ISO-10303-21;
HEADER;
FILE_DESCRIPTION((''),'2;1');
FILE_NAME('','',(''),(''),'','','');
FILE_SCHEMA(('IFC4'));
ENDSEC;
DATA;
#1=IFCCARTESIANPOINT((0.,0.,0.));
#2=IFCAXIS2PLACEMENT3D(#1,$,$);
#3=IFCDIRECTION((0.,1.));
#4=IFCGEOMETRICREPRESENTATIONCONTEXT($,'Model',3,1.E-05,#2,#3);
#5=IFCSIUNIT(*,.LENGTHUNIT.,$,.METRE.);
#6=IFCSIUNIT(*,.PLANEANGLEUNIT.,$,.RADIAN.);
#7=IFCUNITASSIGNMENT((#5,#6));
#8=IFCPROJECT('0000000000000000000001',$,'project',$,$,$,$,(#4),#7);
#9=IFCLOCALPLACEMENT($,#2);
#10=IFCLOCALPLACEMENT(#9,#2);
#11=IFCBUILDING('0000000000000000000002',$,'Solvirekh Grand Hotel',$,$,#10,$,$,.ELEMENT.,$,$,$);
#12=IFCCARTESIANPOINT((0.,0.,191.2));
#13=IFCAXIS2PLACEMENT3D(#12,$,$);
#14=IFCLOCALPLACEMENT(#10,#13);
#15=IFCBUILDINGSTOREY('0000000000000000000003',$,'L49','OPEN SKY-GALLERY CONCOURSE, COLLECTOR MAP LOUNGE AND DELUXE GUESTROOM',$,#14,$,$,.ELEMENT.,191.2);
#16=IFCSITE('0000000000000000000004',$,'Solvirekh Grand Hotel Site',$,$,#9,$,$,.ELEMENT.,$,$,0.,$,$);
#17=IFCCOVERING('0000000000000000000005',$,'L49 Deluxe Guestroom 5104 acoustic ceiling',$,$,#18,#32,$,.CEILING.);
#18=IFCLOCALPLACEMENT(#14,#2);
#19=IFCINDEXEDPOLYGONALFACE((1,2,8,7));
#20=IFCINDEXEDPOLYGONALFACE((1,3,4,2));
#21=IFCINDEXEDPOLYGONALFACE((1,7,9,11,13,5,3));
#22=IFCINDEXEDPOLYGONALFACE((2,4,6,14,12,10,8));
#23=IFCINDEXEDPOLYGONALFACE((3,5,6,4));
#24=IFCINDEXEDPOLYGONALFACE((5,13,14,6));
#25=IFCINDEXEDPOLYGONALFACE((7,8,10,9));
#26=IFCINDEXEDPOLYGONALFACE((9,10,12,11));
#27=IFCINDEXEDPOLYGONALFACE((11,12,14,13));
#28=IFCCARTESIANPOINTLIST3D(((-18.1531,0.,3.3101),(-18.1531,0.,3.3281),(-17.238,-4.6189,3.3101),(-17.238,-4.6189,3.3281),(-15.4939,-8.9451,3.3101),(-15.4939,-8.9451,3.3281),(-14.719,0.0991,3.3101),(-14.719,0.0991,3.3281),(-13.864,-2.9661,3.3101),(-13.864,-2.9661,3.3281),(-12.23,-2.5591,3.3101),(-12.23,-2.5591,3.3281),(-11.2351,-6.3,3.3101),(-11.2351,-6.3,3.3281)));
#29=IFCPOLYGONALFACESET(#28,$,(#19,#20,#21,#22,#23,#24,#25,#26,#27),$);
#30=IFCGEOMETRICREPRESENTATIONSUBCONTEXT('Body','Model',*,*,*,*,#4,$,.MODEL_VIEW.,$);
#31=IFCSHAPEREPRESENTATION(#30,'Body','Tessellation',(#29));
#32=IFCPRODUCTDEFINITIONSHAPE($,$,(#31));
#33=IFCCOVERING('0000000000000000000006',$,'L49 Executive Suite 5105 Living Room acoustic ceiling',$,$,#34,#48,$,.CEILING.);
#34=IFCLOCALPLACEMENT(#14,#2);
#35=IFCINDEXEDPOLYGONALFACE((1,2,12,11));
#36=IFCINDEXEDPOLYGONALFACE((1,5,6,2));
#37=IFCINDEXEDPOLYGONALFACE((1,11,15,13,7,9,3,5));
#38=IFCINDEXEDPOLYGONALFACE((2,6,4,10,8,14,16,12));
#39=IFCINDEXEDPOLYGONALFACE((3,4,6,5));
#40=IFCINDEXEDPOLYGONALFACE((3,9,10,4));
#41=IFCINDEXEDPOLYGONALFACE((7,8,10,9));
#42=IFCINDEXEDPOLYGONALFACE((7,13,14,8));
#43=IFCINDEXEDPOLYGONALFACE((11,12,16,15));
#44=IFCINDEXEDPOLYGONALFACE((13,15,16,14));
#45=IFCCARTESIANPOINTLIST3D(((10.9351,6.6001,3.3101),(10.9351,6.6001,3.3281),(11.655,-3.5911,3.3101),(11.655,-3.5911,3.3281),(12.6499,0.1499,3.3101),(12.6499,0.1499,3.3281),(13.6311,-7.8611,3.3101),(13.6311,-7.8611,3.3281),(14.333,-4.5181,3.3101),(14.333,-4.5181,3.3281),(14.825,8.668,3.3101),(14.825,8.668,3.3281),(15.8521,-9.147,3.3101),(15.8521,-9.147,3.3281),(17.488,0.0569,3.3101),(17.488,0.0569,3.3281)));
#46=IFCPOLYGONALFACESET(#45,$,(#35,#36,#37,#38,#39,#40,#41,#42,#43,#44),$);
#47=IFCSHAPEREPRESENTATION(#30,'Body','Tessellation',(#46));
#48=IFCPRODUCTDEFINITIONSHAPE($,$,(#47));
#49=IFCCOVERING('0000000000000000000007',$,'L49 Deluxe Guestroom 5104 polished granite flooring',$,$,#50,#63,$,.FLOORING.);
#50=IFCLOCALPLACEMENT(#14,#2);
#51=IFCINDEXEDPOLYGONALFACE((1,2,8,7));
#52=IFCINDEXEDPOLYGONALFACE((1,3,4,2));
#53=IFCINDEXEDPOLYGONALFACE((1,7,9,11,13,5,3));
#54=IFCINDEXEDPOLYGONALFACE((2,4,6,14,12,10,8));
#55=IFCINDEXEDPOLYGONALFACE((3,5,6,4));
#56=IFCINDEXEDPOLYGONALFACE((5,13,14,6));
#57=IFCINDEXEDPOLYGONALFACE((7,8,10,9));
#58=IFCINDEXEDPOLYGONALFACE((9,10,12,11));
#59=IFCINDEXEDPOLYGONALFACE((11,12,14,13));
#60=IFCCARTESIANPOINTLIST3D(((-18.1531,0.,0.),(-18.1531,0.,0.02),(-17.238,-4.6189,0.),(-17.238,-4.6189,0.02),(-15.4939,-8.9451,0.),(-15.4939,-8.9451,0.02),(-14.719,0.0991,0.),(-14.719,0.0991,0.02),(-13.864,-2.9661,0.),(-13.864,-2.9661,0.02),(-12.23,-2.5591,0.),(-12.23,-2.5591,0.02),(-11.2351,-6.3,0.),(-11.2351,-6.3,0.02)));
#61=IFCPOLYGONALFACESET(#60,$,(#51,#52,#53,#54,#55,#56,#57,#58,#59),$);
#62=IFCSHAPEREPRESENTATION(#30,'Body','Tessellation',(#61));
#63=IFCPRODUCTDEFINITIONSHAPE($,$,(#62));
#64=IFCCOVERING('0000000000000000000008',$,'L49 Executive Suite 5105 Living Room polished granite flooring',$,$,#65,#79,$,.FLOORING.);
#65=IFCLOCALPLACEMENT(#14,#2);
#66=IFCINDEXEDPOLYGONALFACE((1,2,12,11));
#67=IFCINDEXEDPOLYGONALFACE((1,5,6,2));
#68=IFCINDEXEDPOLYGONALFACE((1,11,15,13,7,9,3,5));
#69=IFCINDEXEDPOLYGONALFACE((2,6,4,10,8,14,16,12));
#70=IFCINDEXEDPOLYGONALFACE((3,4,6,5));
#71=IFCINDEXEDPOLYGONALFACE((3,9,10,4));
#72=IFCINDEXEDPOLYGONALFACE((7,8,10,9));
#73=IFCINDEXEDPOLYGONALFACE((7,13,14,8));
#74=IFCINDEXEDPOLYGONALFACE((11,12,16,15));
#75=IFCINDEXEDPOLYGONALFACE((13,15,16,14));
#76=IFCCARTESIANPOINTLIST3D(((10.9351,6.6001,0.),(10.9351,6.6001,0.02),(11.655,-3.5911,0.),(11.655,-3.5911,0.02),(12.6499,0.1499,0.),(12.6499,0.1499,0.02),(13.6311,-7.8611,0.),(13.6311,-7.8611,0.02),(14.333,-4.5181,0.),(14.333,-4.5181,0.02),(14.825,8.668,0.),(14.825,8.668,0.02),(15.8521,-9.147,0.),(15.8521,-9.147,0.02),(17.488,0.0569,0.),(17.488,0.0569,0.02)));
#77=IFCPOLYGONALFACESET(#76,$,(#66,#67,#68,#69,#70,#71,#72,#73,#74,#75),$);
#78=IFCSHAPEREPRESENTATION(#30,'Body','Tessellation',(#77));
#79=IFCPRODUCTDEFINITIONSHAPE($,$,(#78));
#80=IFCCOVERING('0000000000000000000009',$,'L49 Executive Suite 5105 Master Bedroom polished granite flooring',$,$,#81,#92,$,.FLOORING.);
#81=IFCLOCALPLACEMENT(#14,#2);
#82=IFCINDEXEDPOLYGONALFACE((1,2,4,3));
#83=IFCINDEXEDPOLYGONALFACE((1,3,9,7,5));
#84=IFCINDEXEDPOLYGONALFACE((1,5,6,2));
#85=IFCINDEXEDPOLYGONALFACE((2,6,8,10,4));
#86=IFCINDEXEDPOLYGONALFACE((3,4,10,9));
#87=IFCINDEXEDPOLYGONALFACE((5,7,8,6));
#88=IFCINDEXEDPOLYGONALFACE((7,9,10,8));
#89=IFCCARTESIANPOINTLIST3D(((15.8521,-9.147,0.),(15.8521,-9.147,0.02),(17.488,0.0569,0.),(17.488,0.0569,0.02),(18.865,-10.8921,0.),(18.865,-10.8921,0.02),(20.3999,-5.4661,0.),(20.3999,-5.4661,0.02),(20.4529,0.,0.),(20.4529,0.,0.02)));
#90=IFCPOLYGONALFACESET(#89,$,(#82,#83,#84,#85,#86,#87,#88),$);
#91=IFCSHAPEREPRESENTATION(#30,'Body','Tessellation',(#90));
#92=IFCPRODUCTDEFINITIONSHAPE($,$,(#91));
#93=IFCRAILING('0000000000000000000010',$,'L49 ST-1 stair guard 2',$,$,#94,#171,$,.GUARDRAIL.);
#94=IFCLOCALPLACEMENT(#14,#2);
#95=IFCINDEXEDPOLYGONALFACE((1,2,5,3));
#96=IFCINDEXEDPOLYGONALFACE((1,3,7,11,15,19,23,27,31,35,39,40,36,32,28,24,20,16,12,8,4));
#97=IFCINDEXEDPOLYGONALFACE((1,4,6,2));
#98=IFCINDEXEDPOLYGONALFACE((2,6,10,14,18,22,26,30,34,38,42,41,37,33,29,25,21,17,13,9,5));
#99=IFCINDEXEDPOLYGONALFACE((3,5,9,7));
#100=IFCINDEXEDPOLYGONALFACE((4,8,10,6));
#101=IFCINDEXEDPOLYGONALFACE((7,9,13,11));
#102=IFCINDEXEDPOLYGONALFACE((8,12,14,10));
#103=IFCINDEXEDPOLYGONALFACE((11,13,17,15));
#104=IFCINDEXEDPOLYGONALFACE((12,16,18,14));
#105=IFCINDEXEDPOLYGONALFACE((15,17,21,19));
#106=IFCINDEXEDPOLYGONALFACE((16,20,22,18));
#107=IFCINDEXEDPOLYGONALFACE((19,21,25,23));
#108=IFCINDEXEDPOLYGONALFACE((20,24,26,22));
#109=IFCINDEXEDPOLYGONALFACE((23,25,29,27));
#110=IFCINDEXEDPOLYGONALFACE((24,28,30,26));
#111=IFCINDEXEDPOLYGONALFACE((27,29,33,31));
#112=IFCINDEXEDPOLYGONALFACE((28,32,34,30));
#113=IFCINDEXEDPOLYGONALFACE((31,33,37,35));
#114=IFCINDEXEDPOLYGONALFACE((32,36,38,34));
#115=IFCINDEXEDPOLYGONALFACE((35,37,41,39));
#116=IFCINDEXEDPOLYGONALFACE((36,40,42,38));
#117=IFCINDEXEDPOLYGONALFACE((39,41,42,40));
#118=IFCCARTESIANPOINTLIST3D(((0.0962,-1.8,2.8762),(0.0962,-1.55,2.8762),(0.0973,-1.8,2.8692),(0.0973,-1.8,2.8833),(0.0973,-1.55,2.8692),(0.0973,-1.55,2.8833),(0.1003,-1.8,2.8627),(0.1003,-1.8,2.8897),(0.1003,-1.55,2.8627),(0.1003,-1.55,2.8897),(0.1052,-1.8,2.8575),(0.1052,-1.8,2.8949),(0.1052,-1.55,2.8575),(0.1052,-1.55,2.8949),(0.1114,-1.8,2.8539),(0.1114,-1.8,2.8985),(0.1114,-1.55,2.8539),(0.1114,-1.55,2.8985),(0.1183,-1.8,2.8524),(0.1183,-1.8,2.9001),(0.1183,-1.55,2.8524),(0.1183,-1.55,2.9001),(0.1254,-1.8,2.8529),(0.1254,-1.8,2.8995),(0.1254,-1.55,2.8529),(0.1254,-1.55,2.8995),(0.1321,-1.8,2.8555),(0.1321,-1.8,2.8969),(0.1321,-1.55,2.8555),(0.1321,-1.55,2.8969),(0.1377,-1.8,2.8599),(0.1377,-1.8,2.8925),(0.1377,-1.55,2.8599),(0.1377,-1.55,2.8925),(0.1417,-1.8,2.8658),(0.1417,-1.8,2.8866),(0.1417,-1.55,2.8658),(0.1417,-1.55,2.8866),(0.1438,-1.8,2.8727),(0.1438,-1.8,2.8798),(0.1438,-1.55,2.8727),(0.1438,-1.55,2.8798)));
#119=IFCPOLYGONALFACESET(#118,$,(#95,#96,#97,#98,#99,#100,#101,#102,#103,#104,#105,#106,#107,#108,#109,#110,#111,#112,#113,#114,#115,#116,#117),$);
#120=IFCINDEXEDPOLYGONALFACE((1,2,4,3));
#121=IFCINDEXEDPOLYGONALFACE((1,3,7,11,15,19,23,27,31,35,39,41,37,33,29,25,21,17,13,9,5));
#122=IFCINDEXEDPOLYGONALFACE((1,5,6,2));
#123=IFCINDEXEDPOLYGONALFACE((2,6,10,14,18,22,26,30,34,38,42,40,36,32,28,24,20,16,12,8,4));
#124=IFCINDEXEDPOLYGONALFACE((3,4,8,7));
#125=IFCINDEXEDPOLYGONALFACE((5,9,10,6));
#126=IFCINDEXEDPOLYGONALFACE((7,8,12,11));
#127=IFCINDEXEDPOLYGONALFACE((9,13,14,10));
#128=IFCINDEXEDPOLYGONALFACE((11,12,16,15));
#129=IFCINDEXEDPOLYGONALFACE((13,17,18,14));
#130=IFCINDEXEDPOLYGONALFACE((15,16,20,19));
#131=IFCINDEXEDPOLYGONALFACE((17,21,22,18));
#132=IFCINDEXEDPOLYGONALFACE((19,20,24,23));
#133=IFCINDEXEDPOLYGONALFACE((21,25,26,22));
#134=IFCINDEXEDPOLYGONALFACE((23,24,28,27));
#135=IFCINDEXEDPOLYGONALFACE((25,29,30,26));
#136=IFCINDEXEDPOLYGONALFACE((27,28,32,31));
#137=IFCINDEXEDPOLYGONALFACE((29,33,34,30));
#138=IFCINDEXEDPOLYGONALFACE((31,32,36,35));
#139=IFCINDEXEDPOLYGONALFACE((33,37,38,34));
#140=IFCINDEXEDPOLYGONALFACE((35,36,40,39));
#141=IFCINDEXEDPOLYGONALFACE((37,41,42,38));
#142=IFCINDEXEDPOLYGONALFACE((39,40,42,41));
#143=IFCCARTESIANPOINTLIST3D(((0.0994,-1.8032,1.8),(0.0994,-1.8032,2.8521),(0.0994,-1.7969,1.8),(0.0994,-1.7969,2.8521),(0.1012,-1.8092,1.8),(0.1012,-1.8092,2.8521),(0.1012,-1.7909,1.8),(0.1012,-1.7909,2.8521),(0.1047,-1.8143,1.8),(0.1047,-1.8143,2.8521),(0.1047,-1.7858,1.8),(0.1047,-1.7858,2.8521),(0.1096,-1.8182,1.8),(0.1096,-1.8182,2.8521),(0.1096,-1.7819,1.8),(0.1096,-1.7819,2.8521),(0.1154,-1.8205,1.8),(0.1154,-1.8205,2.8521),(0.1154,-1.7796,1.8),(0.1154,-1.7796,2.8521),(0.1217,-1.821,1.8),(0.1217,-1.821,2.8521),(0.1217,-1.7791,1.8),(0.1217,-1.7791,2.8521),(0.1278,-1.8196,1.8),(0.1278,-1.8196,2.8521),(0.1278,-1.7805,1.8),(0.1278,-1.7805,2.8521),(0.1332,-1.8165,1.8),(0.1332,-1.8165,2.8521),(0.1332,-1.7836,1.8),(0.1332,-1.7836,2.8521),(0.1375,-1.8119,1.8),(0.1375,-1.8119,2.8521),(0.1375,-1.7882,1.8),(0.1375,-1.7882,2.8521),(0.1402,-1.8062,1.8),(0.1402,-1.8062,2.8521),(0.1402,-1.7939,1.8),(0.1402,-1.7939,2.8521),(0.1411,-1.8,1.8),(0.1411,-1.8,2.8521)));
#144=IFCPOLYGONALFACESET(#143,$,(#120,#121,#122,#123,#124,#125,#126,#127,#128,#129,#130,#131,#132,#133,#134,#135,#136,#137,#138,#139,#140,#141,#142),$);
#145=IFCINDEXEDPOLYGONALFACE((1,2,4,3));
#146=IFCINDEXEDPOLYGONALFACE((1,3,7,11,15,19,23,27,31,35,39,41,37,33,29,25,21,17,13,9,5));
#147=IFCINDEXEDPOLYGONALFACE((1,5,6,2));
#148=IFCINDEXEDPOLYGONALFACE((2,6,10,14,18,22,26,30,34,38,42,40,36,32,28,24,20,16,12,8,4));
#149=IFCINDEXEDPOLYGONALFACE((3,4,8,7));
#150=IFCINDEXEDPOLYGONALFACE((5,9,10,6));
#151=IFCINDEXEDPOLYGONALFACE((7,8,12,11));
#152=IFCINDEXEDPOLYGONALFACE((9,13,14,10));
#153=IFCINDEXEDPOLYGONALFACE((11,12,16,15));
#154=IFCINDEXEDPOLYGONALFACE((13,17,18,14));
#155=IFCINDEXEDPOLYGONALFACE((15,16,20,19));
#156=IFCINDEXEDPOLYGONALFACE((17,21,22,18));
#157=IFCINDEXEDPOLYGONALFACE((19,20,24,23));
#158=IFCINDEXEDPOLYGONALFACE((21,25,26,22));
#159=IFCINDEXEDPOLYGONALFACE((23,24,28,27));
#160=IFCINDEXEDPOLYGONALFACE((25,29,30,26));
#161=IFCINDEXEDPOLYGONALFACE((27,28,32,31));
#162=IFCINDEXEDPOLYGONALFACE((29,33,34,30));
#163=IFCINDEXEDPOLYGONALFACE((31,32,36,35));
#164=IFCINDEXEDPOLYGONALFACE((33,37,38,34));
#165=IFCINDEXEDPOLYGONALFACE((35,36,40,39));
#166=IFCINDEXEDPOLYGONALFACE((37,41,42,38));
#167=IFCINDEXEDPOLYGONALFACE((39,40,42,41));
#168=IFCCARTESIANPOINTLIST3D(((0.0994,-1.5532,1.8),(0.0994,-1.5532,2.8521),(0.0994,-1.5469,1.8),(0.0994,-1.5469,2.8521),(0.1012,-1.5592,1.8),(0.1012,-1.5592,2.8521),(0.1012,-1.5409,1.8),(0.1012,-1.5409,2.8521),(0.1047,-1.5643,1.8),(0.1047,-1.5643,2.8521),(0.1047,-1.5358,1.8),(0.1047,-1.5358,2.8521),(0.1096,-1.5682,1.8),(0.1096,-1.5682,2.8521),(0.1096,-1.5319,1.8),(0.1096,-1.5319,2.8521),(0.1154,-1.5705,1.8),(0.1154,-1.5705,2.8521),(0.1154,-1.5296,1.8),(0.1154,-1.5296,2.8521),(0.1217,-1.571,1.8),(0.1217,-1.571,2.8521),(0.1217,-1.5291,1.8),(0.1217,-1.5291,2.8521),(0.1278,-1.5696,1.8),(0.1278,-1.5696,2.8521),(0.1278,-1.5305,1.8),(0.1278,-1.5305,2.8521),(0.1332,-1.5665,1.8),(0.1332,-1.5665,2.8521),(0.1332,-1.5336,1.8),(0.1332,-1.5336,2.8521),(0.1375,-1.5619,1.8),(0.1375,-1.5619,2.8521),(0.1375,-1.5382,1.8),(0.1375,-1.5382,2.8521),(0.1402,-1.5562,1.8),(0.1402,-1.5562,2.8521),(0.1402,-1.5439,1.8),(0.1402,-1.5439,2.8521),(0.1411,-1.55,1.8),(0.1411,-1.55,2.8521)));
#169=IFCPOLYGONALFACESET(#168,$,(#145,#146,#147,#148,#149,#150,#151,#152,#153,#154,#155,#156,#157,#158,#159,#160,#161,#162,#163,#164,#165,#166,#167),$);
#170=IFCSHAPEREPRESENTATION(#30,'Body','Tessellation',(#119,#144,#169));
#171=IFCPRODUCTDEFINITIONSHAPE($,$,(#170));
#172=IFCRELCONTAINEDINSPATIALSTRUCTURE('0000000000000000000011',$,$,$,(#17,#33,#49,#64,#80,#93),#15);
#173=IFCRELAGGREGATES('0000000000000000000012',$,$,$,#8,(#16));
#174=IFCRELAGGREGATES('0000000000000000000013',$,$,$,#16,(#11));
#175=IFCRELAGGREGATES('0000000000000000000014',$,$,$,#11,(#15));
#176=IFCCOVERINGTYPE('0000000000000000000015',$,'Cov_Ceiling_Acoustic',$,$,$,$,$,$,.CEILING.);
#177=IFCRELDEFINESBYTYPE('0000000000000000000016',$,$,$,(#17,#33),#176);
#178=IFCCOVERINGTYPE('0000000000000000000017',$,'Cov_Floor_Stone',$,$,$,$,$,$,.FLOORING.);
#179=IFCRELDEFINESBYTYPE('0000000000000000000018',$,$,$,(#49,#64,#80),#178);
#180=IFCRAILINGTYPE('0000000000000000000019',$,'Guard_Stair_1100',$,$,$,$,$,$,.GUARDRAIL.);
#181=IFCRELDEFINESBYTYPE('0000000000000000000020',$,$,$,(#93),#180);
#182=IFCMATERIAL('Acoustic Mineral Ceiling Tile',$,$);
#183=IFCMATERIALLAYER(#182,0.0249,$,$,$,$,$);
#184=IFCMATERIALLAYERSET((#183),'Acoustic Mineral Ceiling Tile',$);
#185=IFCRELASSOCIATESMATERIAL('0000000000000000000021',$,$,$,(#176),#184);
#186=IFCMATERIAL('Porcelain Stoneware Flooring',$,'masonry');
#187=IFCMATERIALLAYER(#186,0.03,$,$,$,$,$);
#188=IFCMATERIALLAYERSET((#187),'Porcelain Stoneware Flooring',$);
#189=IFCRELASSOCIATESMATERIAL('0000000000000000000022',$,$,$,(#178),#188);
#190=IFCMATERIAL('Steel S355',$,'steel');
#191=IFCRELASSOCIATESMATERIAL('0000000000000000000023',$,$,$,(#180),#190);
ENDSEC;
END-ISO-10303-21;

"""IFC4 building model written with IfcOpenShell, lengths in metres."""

from ifc_helpers import new_model, si_unit, direction, frame, origin, origin_2d, place, context, subcontext, project, spatial, polyline, circle, outline, extrude, material, layer, layer_set, type_object, element, save


model = new_model("IFC4")

# Units and contexts
model_context = context("Model", 3, precision=1e-05, world=origin(), true_north=direction((0.0, 1.0)))
body_context = subcontext(model_context, "Body", "Model", "MODEL_VIEW")
ifc_project = project(units=[si_unit("LENGTHUNIT", "METRE"), si_unit("PLANEANGLEUNIT", "RADIAN")], contexts=[model_context])

# Site, building, storey
site_placement = place(None, origin())
site = spatial("IfcSite", under=ifc_project, at=site_placement, Name="Solvirekh Grand Hotel Site", CompositionType="ELEMENT", RefElevation=0.0)
building_placement = place(site_placement, origin())
building = spatial("IfcBuilding", under=site, at=building_placement, Name="Solvirekh Grand Hotel", CompositionType="ELEMENT")
storey_placement = place(building_placement, frame((0.0, 0.0, 191.2)))
storey = spatial("IfcBuildingStorey", under=building, at=storey_placement, Name="L49", Description="OPEN SKY-GALLERY CONCOURSE, COLLECTOR MAP LOUNGE AND DELUXE GUESTROOM", CompositionType="ELEMENT", Elevation=191.2)

# Coverings
ifc_material_1 = material(Name="Acoustic Mineral Ceiling Tile")
ifc_layer_1 = layer(ifc_material_1, 0.0249)
ifc_layer_set_1 = layer_set([ifc_layer_1], Name="Acoustic Mineral Ceiling Tile")
covering_type_1 = type_object("IfcCoveringType", Name="Cov_Ceiling_Acoustic", PredefinedType="CEILING", material=ifc_layer_set_1)
covering_1_placement = place(storey_placement, frame((0.0, 0.0, 3.3101)))
element("IfcCovering", 1, at=covering_1_placement, inside=storey, type_object=covering_type_1, Name="L49 Deluxe Guestroom 5104 acoustic ceiling", PredefinedType="CEILING", context=body_context, shape_type="SweptSolid", body=[
    extrude(outline(polyline([(-13.864, -2.9661), (-14.719, 0.0991), (-18.1531, 0.0), (-17.238, -4.6189), (-15.4939, -8.9451), (-11.2351, -6.3), (-12.23, -2.5591), (-13.864, -2.9661)])), origin(), (0.0, 0.0, 1.0), 0.0181),
])
covering_2_placement = place(storey_placement, frame((0.0, 0.0, 3.3101)))
element("IfcCovering", 2, at=covering_2_placement, inside=storey, type_object=covering_type_1, Name="L49 Executive Suite 5105 Living Room acoustic ceiling", PredefinedType="CEILING", context=body_context, shape_type="SweptSolid", body=[
    extrude(outline(polyline([(14.333, -4.5181), (13.6311, -7.8611), (15.8521, -9.147), (17.488, 0.0569), (14.825, 8.668), (10.9351, 6.6001), (12.6499, 0.1499), (11.655, -3.5911), (14.333, -4.5181)])), origin(), (0.0, 0.0, 1.0), 0.0181),
])
ifc_material_2 = material(Name="Porcelain Stoneware Flooring", Category="masonry")
ifc_layer_2 = layer(ifc_material_2, 0.03)
ifc_layer_set_2 = layer_set([ifc_layer_2], Name="Porcelain Stoneware Flooring")
covering_type_2 = type_object("IfcCoveringType", Name="Cov_Floor_Stone", PredefinedType="FLOORING", material=ifc_layer_set_2)
covering_3_placement = place(storey_placement, origin())
element("IfcCovering", 3, at=covering_3_placement, inside=storey, type_object=covering_type_2, Name="L49 Deluxe Guestroom 5104 polished granite flooring", PredefinedType="FLOORING", context=body_context, shape_type="SweptSolid", body=[
    extrude(outline(polyline([(-13.864, -2.9661), (-14.719, 0.0991), (-18.1531, 0.0), (-17.238, -4.6189), (-15.4939, -8.9451), (-11.2351, -6.3), (-12.23, -2.5591), (-13.864, -2.9661)])), origin(), (0.0, 0.0, 1.0), 0.02),
])
covering_4_placement = place(storey_placement, origin())
element("IfcCovering", 4, at=covering_4_placement, inside=storey, type_object=covering_type_2, Name="L49 Executive Suite 5105 Living Room polished granite flooring", PredefinedType="FLOORING", context=body_context, shape_type="SweptSolid", body=[
    extrude(outline(polyline([(14.333, -4.5181), (13.6311, -7.8611), (15.8521, -9.147), (17.488, 0.0569), (14.825, 8.668), (10.9351, 6.6001), (12.6499, 0.1499), (11.655, -3.5911), (14.333, -4.5181)])), origin(), (0.0, 0.0, 1.0), 0.02),
])
covering_5_placement = place(storey_placement, origin())
element("IfcCovering", 5, at=covering_5_placement, inside=storey, type_object=covering_type_2, Name="L49 Executive Suite 5105 Master Bedroom polished granite flooring", PredefinedType="FLOORING", context=body_context, shape_type="SweptSolid", body=[
    extrude(outline(polyline([(18.865, -10.8921), (20.3999, -5.4661), (20.4529, 0.0), (17.488, 0.0569), (15.8521, -9.147), (18.865, -10.8921)])), origin(), (0.0, 0.0, 1.0), 0.02),
])

# Railing
ifc_material_3 = material(Name="Steel S355", Category="steel")
railing_type_1 = type_object("IfcRailingType", Name="Guard_Stair_1100", PredefinedType="GUARDRAIL", material=ifc_material_3)
railing_1_placement = place(storey_placement, frame((0.1201, -1.8, 1.8)))
element("IfcRailing", 6, at=railing_1_placement, inside=storey, type_object=railing_type_1, Name="L49 ST-1 stair guard 2", PredefinedType="GUARDRAIL", context=body_context, shape_type="SweptSolid", body=[
    extrude(circle(Radius=0.0239, at=origin_2d()), frame((0.0, 0.0, 1.0762), z_axis=(0.0, 1.0, 0.0), x_axis=(-1.0, 0.0, 0.0)), (0.0, 0.0, 1.0), 0.25),
    extrude(circle(Radius=0.021, at=origin_2d()), origin(), (0.0, 0.0, 1.0), 1.052),
    extrude(circle(Radius=0.021, at=origin_2d()), frame((0.0, 0.25, 0.0)), (0.0, 0.0, 1.0), 1.052),
])

save(model, "model.ifc")
